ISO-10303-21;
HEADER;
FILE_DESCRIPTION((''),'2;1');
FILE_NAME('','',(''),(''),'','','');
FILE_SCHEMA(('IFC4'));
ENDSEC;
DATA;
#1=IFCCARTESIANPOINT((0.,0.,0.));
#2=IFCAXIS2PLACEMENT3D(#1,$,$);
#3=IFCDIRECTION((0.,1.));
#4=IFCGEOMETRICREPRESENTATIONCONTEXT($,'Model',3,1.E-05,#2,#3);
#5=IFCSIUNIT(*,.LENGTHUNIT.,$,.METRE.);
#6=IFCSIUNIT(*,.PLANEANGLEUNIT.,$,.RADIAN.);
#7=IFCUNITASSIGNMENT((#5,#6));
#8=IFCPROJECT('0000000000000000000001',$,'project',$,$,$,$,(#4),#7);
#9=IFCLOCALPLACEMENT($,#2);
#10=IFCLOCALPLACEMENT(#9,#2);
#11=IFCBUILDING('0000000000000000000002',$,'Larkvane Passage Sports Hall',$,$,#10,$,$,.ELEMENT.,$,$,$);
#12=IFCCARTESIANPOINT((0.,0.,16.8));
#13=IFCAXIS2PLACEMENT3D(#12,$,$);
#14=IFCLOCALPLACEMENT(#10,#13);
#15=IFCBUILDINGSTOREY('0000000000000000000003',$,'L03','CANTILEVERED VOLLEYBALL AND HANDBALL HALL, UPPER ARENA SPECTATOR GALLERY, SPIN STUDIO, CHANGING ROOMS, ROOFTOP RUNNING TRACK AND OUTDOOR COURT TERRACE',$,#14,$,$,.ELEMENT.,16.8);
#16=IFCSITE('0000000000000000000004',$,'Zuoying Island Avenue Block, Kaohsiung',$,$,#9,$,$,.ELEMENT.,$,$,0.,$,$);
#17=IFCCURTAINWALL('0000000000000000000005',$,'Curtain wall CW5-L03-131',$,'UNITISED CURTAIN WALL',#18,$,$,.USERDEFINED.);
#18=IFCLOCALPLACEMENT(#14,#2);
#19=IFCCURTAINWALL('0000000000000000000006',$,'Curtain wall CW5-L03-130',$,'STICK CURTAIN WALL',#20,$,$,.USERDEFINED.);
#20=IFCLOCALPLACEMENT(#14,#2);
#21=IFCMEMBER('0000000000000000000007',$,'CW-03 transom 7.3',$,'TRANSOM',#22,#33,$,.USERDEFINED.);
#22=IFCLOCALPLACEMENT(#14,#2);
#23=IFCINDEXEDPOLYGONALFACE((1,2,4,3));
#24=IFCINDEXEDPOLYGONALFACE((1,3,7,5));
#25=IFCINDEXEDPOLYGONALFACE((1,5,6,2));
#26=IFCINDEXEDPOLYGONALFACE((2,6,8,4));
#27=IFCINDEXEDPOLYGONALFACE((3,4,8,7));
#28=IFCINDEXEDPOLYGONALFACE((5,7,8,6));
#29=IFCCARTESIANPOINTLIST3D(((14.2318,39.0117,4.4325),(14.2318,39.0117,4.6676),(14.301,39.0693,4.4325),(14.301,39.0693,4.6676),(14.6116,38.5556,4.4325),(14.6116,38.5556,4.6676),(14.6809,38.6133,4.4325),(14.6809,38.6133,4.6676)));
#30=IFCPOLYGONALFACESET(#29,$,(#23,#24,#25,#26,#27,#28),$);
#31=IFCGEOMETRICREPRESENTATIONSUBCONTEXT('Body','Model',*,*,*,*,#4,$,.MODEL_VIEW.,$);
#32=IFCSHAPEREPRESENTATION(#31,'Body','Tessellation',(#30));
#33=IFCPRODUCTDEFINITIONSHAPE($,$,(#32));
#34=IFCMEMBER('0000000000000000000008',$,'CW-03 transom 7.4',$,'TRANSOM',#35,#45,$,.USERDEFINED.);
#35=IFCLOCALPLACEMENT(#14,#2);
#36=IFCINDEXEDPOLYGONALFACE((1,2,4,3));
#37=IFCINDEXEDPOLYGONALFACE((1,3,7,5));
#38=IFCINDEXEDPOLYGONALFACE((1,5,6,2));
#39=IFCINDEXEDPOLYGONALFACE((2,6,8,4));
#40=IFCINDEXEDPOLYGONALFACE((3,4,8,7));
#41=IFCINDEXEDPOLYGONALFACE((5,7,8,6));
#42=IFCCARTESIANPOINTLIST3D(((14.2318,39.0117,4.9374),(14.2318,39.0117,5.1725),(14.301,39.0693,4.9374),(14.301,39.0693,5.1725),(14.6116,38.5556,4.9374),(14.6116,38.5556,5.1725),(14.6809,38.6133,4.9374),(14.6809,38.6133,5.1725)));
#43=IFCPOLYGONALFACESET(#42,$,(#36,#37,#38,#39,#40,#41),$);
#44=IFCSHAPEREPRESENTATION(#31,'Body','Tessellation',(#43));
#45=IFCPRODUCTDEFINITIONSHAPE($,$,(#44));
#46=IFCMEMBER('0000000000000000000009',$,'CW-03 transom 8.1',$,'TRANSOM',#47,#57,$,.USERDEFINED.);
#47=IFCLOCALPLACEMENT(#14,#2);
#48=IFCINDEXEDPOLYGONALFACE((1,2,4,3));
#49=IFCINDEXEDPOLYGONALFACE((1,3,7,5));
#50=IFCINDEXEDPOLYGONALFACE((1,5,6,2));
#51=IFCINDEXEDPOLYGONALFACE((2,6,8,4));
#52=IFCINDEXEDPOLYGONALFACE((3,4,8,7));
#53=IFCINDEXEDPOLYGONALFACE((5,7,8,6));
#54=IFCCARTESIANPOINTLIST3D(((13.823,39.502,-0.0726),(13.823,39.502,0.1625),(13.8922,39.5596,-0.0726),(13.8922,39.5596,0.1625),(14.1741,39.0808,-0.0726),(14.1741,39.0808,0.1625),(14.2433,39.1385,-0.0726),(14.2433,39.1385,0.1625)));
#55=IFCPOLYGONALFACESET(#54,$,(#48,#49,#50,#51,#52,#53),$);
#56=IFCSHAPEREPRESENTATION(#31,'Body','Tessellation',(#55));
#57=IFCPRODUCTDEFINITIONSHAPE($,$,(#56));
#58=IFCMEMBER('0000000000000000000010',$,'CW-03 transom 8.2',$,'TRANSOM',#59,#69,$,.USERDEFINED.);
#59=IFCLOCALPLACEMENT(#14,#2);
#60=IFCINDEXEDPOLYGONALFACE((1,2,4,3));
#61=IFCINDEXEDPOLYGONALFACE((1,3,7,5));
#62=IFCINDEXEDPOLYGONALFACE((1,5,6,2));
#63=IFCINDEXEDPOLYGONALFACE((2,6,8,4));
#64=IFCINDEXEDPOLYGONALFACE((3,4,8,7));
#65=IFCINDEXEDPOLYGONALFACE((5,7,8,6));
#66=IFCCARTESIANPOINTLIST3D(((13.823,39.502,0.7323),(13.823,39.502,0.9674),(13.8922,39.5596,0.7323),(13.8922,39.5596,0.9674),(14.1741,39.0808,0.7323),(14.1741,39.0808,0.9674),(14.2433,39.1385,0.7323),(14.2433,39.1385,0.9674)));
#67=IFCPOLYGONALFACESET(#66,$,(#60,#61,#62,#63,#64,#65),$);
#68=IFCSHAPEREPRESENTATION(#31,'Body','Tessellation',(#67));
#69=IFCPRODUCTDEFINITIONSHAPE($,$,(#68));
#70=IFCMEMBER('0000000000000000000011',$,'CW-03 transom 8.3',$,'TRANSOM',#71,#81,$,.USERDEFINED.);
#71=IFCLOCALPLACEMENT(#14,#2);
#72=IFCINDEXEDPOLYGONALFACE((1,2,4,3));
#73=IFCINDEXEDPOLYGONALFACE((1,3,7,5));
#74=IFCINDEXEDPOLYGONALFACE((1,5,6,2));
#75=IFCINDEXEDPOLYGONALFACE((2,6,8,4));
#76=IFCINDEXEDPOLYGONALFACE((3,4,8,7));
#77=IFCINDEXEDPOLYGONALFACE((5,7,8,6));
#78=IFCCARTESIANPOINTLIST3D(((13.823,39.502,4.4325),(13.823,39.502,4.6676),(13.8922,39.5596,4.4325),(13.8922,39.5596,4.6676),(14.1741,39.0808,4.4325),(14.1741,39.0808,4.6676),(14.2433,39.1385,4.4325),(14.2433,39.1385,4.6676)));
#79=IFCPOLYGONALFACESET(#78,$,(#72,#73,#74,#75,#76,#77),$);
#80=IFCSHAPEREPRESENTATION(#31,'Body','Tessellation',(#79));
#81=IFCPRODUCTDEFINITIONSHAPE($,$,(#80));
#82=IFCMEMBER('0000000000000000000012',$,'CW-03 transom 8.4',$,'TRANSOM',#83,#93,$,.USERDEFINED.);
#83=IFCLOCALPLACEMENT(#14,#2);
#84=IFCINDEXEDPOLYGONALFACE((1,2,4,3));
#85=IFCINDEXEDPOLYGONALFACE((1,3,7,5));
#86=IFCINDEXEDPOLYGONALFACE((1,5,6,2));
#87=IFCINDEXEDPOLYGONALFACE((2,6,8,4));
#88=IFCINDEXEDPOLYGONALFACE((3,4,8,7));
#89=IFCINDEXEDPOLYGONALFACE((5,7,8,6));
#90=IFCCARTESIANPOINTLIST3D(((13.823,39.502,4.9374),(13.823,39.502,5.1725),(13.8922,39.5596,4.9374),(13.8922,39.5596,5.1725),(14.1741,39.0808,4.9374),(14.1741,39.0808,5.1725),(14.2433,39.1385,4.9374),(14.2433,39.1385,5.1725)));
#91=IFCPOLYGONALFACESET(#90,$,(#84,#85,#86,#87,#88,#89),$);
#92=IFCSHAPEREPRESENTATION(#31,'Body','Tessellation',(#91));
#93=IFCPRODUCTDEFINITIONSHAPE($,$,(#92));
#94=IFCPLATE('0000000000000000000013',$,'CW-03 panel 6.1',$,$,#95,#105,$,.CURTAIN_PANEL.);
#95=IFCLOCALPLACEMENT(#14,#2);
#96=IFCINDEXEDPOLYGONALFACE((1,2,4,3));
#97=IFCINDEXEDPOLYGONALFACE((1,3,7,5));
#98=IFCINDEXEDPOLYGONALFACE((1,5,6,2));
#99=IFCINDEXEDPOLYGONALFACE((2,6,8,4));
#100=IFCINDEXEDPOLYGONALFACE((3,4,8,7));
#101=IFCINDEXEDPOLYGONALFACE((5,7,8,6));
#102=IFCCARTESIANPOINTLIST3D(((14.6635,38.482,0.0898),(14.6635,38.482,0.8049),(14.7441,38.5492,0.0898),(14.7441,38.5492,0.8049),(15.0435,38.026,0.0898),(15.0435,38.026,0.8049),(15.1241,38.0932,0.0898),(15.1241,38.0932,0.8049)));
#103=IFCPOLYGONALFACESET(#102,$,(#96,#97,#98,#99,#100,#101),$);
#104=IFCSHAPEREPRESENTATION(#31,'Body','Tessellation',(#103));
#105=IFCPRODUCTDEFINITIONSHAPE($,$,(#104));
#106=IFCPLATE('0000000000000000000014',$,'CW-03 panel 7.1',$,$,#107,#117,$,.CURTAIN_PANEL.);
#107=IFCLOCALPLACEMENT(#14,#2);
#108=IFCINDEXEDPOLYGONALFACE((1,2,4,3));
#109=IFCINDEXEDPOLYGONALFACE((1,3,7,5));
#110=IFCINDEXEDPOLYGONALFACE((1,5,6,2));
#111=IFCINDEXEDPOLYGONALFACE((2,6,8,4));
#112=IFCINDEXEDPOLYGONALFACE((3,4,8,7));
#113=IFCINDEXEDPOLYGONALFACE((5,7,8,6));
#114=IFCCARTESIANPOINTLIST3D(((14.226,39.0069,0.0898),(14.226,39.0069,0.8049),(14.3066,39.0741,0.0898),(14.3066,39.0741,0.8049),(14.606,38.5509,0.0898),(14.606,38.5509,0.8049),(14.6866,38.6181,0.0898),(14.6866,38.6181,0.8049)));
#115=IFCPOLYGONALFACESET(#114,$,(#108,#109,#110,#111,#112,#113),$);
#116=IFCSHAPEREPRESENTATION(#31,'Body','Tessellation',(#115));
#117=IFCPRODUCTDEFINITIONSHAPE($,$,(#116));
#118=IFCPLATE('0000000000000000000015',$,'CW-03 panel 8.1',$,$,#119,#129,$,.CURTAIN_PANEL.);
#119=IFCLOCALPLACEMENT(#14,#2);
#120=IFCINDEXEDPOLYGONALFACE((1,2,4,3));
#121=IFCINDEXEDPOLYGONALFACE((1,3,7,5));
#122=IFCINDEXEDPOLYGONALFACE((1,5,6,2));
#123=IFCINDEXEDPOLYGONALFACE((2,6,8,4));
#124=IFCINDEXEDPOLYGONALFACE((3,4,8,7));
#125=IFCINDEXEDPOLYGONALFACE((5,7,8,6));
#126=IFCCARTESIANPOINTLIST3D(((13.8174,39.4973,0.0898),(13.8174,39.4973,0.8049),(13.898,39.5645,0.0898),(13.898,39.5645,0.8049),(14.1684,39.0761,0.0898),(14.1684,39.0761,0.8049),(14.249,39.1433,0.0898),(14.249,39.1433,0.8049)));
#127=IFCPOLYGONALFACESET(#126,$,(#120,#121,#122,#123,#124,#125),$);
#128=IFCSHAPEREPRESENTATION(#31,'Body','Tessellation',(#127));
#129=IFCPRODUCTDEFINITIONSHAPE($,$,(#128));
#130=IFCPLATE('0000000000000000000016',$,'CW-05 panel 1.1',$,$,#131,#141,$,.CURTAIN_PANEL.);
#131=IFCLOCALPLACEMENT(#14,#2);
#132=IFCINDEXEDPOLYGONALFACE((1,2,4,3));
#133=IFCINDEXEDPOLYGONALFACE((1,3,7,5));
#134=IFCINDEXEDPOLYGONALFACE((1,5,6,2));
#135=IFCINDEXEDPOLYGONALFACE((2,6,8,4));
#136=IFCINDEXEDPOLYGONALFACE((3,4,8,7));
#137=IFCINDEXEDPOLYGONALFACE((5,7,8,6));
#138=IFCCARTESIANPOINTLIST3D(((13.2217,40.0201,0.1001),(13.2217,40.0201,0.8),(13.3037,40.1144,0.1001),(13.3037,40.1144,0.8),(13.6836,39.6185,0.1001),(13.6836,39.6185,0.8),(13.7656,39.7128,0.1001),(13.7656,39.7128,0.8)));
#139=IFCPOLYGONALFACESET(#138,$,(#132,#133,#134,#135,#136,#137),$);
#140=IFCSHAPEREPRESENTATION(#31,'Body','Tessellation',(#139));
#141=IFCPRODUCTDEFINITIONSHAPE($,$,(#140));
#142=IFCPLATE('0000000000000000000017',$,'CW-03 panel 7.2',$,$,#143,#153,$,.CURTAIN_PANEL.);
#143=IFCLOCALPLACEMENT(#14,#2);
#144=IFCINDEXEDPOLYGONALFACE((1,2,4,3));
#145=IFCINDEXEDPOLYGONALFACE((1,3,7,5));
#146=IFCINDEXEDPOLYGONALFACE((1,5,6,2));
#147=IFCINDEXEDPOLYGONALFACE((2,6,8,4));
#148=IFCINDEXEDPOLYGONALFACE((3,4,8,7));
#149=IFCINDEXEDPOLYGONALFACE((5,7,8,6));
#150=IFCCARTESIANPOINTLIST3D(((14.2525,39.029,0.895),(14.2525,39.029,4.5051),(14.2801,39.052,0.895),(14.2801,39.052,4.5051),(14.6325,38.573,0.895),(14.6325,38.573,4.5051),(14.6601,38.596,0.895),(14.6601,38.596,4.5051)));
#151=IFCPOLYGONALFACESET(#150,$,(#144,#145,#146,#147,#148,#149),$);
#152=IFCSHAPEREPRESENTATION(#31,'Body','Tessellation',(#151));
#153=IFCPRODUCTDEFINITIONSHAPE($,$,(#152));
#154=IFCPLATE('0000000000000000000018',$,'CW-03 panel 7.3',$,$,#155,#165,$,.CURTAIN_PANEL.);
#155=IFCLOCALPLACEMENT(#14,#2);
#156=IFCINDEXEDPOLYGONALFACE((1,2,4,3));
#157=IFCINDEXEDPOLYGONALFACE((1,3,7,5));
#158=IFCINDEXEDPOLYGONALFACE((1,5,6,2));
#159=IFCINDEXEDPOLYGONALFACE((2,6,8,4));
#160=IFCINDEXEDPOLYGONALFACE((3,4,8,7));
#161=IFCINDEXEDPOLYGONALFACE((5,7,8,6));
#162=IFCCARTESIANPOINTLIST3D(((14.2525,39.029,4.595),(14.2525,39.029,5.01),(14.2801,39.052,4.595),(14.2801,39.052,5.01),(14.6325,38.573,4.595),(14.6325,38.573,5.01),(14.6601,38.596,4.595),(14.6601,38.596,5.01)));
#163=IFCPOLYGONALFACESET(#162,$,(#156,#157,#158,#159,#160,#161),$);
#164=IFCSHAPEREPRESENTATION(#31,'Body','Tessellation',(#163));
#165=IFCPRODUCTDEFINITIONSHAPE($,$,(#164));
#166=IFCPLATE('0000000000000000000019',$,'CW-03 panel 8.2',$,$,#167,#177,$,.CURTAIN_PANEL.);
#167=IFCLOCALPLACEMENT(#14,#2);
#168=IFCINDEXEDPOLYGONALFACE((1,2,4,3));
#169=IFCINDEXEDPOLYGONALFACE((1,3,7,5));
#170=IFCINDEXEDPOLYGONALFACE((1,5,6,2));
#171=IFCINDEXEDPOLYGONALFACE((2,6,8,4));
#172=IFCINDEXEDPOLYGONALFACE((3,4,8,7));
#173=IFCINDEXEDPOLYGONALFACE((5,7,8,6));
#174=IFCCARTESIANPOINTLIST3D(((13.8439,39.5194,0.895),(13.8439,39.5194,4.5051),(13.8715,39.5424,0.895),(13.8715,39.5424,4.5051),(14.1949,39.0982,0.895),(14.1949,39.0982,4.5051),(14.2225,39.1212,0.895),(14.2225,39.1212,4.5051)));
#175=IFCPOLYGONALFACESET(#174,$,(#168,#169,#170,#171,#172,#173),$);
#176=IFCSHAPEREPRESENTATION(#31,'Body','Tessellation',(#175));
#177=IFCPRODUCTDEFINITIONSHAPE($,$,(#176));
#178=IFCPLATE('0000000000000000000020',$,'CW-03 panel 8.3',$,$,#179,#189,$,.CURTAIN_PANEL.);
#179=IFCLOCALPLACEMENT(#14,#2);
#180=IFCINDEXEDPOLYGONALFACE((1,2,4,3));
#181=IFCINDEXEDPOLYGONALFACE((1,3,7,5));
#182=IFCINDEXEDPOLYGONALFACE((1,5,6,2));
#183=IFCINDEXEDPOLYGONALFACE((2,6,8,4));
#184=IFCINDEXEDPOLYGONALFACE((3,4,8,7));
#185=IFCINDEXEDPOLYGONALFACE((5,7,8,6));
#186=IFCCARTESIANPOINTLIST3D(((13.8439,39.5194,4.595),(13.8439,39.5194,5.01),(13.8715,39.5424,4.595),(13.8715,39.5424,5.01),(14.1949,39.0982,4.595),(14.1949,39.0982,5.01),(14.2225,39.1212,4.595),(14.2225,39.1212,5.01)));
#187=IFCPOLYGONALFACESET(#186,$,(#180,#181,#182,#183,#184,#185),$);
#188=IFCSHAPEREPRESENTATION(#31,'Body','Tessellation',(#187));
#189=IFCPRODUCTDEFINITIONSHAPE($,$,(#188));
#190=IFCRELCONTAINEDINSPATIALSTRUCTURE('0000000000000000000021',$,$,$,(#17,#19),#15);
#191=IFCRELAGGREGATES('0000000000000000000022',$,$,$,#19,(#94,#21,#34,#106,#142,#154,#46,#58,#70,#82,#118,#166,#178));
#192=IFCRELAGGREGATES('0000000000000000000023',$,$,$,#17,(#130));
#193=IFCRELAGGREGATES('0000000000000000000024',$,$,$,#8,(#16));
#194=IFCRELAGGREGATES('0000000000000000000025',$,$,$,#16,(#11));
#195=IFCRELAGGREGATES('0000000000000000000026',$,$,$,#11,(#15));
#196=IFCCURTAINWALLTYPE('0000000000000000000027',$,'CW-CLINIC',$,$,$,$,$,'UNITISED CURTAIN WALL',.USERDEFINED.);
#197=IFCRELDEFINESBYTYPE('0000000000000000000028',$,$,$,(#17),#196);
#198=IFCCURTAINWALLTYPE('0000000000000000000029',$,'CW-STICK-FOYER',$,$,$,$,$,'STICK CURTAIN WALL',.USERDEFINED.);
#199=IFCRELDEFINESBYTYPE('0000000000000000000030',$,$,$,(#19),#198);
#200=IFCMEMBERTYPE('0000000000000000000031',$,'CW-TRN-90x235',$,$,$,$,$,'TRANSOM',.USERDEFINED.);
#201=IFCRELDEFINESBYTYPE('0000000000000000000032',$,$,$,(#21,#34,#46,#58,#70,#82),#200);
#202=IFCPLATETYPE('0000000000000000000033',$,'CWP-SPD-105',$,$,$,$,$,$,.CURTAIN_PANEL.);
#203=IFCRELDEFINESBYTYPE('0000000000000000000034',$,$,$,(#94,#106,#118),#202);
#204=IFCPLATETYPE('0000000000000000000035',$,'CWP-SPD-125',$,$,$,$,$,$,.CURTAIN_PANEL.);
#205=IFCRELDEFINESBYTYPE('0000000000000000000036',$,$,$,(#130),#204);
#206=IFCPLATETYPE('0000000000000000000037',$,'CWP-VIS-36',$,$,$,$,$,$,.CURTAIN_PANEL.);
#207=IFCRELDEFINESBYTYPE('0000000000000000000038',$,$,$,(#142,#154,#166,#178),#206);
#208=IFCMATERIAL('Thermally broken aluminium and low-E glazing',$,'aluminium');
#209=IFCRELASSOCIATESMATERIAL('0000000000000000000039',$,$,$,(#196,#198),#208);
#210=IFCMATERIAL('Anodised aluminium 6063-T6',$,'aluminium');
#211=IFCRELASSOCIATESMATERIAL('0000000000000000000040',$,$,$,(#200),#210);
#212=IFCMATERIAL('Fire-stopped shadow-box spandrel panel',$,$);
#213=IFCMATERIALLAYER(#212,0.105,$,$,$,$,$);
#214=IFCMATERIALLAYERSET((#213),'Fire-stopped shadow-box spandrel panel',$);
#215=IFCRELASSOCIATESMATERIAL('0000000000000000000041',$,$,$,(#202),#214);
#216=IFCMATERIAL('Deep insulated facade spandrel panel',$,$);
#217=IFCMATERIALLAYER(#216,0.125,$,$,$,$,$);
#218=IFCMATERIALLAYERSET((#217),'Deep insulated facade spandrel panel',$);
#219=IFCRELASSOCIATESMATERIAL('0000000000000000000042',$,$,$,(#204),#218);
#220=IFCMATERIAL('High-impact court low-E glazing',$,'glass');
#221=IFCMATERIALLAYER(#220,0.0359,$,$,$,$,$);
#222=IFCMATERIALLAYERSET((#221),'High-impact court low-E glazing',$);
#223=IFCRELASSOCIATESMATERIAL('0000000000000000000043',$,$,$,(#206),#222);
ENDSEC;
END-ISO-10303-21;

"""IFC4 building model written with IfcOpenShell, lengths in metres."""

from ifc_helpers import new_model, si_unit, direction, frame, origin, origin_2d, place, context, subcontext, project, spatial, rectangle, extrude, material, layer, layer_set, material_profile, profile_set, type_object, element, aggregate, save


model = new_model("IFC4")

# Units and contexts
model_context = context("Model", 3, precision=1e-05, world=origin(), true_north=direction((0.0, 1.0)))
body_context = subcontext(model_context, "Body", "Model", "MODEL_VIEW")
ifc_project = project(units=[si_unit("LENGTHUNIT", "METRE"), si_unit("PLANEANGLEUNIT", "RADIAN")], contexts=[model_context])

# Site, building, storey
site_placement = place(None, origin())
site = spatial("IfcSite", under=ifc_project, at=site_placement, Name="Zuoying Island Avenue Block, Kaohsiung", CompositionType="ELEMENT", RefElevation=0.0)
building_placement = place(site_placement, origin())
building = spatial("IfcBuilding", under=site, at=building_placement, Name="Larkvane Passage Sports Hall", CompositionType="ELEMENT")
storey_placement = place(building_placement, frame((0.0, 0.0, 16.8)))
storey = spatial("IfcBuildingStorey", under=building, at=storey_placement, Name="L03", Description="CANTILEVERED VOLLEYBALL AND HANDBALL HALL, UPPER ARENA SPECTATOR GALLERY, SPIN STUDIO, CHANGING ROOMS, ROOFTOP RUNNING TRACK AND OUTDOOR COURT TERRACE", CompositionType="ELEMENT", Elevation=16.8)

# Curtain walls
ifc_material_1 = material(Name="Thermally broken aluminium and low-E glazing", Category="aluminium")
curtain_wall_type_1 = type_object("IfcCurtainWallType", Name="CW-CLINIC", ElementType="UNITISED CURTAIN WALL", PredefinedType="USERDEFINED", material=ifc_material_1)
curtain_wall_1_placement = place(storey_placement, origin())
curtain_wall_1 = element("IfcCurtainWall", 1, at=curtain_wall_1_placement, inside=storey, type_object=curtain_wall_type_1, Name="Curtain wall CW5-L03-131", ObjectType="UNITISED CURTAIN WALL", PredefinedType="USERDEFINED")
ifc_material_2 = material(Name="Anodised aluminium 6063-T6", Category="aluminium")
curtain_wall_type_2 = type_object("IfcCurtainWallType", Name="CW-STICK-FOYER", ElementType="STICK CURTAIN WALL", PredefinedType="USERDEFINED", material=ifc_material_1)
curtain_wall_2_placement = place(storey_placement, origin())
curtain_wall_2 = element("IfcCurtainWall", 2, at=curtain_wall_2_placement, inside=storey, type_object=curtain_wall_type_2, Name="Curtain wall CW5-L03-130", ObjectType="STICK CURTAIN WALL", PredefinedType="USERDEFINED")

# Members
ifc_material_profile_1 = material_profile(ifc_material_2, rectangle(XDim=0.0901, YDim=0.2351, at=origin_2d()), Name="ALU-TRN-90x235")
ifc_profile_set_1 = profile_set([ifc_material_profile_1], Name="Anodised aluminium 6063-T6")
member_type_1 = type_object("IfcMemberType", Name="CW-TRN-90x235", ElementType="TRANSOM", PredefinedType="USERDEFINED", material=ifc_profile_set_1)
member_1_placement = place(storey_placement, frame((14.6462, 38.5845, 4.55), z_axis=(-0.640023, 0.768356, 0.0), x_axis=(-0.768356, -0.640023, 0.0)))
member_1 = element("IfcMember", 3, at=member_1_placement, type_object=member_type_1, Name="CW-03 transom 7.3", ObjectType="TRANSOM", PredefinedType="USERDEFINED", context=body_context, shape_type="SweptSolid", body=[
    extrude(rectangle(XDim=0.0901, YDim=0.2351, at=origin_2d()), origin(), (0.0, 0.0, 1.0), 0.5935),
])
member_2_placement = place(storey_placement, frame((14.6462, 38.5845, 5.0549), z_axis=(-0.640023, 0.768356, 0.0), x_axis=(-0.768356, -0.640023, 0.0)))
member_2 = element("IfcMember", 4, at=member_2_placement, type_object=member_type_1, Name="CW-03 transom 7.4", ObjectType="TRANSOM", PredefinedType="USERDEFINED", context=body_context, shape_type="SweptSolid", body=[
    extrude(rectangle(XDim=0.0901, YDim=0.2351, at=origin_2d()), origin(), (0.0, 0.0, 1.0), 0.5935),
])
member_3_placement = place(storey_placement, frame((14.2087, 39.1096, 0.0449), z_axis=(-0.640316, 0.768112, 0.0), x_axis=(-0.768112, -0.640316, 0.0)))
member_3 = element("IfcMember", 5, at=member_3_placement, type_object=member_type_1, Name="CW-03 transom 8.1", ObjectType="TRANSOM", PredefinedType="USERDEFINED", context=body_context, shape_type="SweptSolid", body=[
    extrude(rectangle(XDim=0.0901, YDim=0.2351, at=origin_2d()), origin(), (0.0, 0.0, 1.0), 0.5483),
])
member_4_placement = place(storey_placement, frame((14.2087, 39.1096, 0.8499), z_axis=(-0.640316, 0.768112, 0.0), x_axis=(-0.768112, -0.640316, 0.0)))
member_4 = element("IfcMember", 6, at=member_4_placement, type_object=member_type_1, Name="CW-03 transom 8.2", ObjectType="TRANSOM", PredefinedType="USERDEFINED", context=body_context, shape_type="SweptSolid", body=[
    extrude(rectangle(XDim=0.0901, YDim=0.2351, at=origin_2d()), origin(), (0.0, 0.0, 1.0), 0.5483),
])
member_5_placement = place(storey_placement, frame((14.2087, 39.1096, 4.55), z_axis=(-0.640316, 0.768112, 0.0), x_axis=(-0.768112, -0.640316, 0.0)))
member_5 = element("IfcMember", 7, at=member_5_placement, type_object=member_type_1, Name="CW-03 transom 8.3", ObjectType="TRANSOM", PredefinedType="USERDEFINED", context=body_context, shape_type="SweptSolid", body=[
    extrude(rectangle(XDim=0.0901, YDim=0.2351, at=origin_2d()), origin(), (0.0, 0.0, 1.0), 0.5483),
])
member_6_placement = place(storey_placement, frame((14.2087, 39.1096, 5.0549), z_axis=(-0.640316, 0.768112, 0.0), x_axis=(-0.768112, -0.640316, 0.0)))
member_6 = element("IfcMember", 8, at=member_6_placement, type_object=member_type_1, Name="CW-03 transom 8.4", ObjectType="TRANSOM", PredefinedType="USERDEFINED", context=body_context, shape_type="SweptSolid", body=[
    extrude(rectangle(XDim=0.0901, YDim=0.2351, at=origin_2d()), origin(), (0.0, 0.0, 1.0), 0.5483),
])

# Plates
ifc_material_3 = material(Name="Fire-stopped shadow-box spandrel panel")
ifc_layer_1 = layer(ifc_material_3, 0.105)
ifc_layer_set_1 = layer_set([ifc_layer_1], Name="Fire-stopped shadow-box spandrel panel")
plate_type_1 = type_object("IfcPlateType", Name="CWP-SPD-105", PredefinedType="CURTAIN_PANEL", material=ifc_layer_set_1)
plate_1_placement = place(storey_placement, frame((14.8938, 38.2876, 0.0898), z_axis=(0.0, 0.0, 1.0), x_axis=(-0.640184, 0.768221, 0.0)))
plate_1 = element("IfcPlate", 9, at=plate_1_placement, type_object=plate_type_1, Name="CW-03 panel 6.1", PredefinedType="CURTAIN_PANEL", context=body_context, shape_type="SweptSolid", body=[
    extrude(rectangle(XDim=0.5935, YDim=0.105, at=origin_2d()), origin(), (0.0, 0.0, 1.0), 0.7151),
])
plate_2_placement = place(storey_placement, frame((14.4563, 38.8125, 0.0898), z_axis=(0.0, 0.0, 1.0), x_axis=(-0.640184, 0.768221, 0.0)))
plate_2 = element("IfcPlate", 10, at=plate_2_placement, type_object=plate_type_1, Name="CW-03 panel 7.1", PredefinedType="CURTAIN_PANEL", context=body_context, shape_type="SweptSolid", body=[
    extrude(rectangle(XDim=0.5935, YDim=0.105, at=origin_2d()), origin(), (0.0, 0.0, 1.0), 0.7151),
])
plate_3_placement = place(storey_placement, frame((14.0332, 39.3203, 0.0898), z_axis=(0.0, 0.0, 1.0), x_axis=(-0.640184, 0.768221, 0.0)))
plate_3 = element("IfcPlate", 11, at=plate_3_placement, type_object=plate_type_1, Name="CW-03 panel 8.1", PredefinedType="CURTAIN_PANEL", context=body_context, shape_type="SweptSolid", body=[
    extrude(rectangle(XDim=0.5483, YDim=0.105, at=origin_2d()), origin(), (0.0, 0.0, 1.0), 0.7151),
])
ifc_material_4 = material(Name="Deep insulated facade spandrel panel")
ifc_layer_2 = layer(ifc_material_4, 0.125)
ifc_layer_set_2 = layer_set([ifc_layer_2], Name="Deep insulated facade spandrel panel")
plate_type_2 = type_object("IfcPlateType", Name="CWP-SPD-125", PredefinedType="CURTAIN_PANEL", material=ifc_layer_set_2)
plate_4_placement = place(storey_placement, frame((13.4937, 39.8665, 0.1001), z_axis=(0.0, 0.0, 1.0), x_axis=(-0.754606, 0.656179, 0.0)))
plate_4 = element("IfcPlate", 12, at=plate_4_placement, type_object=plate_type_2, Name="CW-05 panel 1.1", PredefinedType="CURTAIN_PANEL", context=body_context, shape_type="SweptSolid", body=[
    extrude(rectangle(XDim=0.6121, YDim=0.125, at=origin_2d()), origin(), (0.0, 0.0, 1.0), 0.7),
])
ifc_material_5 = material(Name="High-impact court low-E glazing", Category="glass")
ifc_layer_3 = layer(ifc_material_5, 0.0359)
ifc_layer_set_3 = layer_set([ifc_layer_3], Name="High-impact court low-E glazing")
plate_type_3 = type_object("IfcPlateType", Name="CWP-VIS-36", PredefinedType="CURTAIN_PANEL", material=ifc_layer_set_3)
plate_5_placement = place(storey_placement, frame((14.4563, 38.8125, 0.895), z_axis=(0.0, 0.0, 1.0), x_axis=(-0.640184, 0.768221, 0.0)))
plate_5 = element("IfcPlate", 13, at=plate_5_placement, type_object=plate_type_3, Name="CW-03 panel 7.2", PredefinedType="CURTAIN_PANEL", context=body_context, shape_type="SweptSolid", body=[
    extrude(rectangle(XDim=0.5935, YDim=0.0359, at=origin_2d()), origin(), (0.0, 0.0, 1.0), 3.6101),
])
plate_6_placement = place(storey_placement, frame((14.4563, 38.8125, 4.595), z_axis=(0.0, 0.0, 1.0), x_axis=(-0.640184, 0.768221, 0.0)))
plate_6 = element("IfcPlate", 14, at=plate_6_placement, type_object=plate_type_3, Name="CW-03 panel 7.3", PredefinedType="CURTAIN_PANEL", context=body_context, shape_type="SweptSolid", body=[
    extrude(rectangle(XDim=0.5935, YDim=0.0359, at=origin_2d()), origin(), (0.0, 0.0, 1.0), 0.415),
])
plate_7_placement = place(storey_placement, frame((14.0332, 39.3203, 0.895), z_axis=(0.0, 0.0, 1.0), x_axis=(-0.640184, 0.768221, 0.0)))
plate_7 = element("IfcPlate", 15, at=plate_7_placement, type_object=plate_type_3, Name="CW-03 panel 8.2", PredefinedType="CURTAIN_PANEL", context=body_context, shape_type="SweptSolid", body=[
    extrude(rectangle(XDim=0.5483, YDim=0.0359, at=origin_2d()), origin(), (0.0, 0.0, 1.0), 3.6101),
])
plate_8_placement = place(storey_placement, frame((14.0332, 39.3203, 4.595), z_axis=(0.0, 0.0, 1.0), x_axis=(-0.640184, 0.768221, 0.0)))
plate_8 = element("IfcPlate", 16, at=plate_8_placement, type_object=plate_type_3, Name="CW-03 panel 8.3", PredefinedType="CURTAIN_PANEL", context=body_context, shape_type="SweptSolid", body=[
    extrude(rectangle(XDim=0.5483, YDim=0.0359, at=origin_2d()), origin(), (0.0, 0.0, 1.0), 0.415),
])
aggregate(curtain_wall_2, [plate_1, member_1, member_2, plate_2, plate_5, plate_6, member_3, member_4, member_5, member_6, plate_3, plate_7, plate_8])
aggregate(curtain_wall_1, [plate_4])

save(model, "model.ifc")
